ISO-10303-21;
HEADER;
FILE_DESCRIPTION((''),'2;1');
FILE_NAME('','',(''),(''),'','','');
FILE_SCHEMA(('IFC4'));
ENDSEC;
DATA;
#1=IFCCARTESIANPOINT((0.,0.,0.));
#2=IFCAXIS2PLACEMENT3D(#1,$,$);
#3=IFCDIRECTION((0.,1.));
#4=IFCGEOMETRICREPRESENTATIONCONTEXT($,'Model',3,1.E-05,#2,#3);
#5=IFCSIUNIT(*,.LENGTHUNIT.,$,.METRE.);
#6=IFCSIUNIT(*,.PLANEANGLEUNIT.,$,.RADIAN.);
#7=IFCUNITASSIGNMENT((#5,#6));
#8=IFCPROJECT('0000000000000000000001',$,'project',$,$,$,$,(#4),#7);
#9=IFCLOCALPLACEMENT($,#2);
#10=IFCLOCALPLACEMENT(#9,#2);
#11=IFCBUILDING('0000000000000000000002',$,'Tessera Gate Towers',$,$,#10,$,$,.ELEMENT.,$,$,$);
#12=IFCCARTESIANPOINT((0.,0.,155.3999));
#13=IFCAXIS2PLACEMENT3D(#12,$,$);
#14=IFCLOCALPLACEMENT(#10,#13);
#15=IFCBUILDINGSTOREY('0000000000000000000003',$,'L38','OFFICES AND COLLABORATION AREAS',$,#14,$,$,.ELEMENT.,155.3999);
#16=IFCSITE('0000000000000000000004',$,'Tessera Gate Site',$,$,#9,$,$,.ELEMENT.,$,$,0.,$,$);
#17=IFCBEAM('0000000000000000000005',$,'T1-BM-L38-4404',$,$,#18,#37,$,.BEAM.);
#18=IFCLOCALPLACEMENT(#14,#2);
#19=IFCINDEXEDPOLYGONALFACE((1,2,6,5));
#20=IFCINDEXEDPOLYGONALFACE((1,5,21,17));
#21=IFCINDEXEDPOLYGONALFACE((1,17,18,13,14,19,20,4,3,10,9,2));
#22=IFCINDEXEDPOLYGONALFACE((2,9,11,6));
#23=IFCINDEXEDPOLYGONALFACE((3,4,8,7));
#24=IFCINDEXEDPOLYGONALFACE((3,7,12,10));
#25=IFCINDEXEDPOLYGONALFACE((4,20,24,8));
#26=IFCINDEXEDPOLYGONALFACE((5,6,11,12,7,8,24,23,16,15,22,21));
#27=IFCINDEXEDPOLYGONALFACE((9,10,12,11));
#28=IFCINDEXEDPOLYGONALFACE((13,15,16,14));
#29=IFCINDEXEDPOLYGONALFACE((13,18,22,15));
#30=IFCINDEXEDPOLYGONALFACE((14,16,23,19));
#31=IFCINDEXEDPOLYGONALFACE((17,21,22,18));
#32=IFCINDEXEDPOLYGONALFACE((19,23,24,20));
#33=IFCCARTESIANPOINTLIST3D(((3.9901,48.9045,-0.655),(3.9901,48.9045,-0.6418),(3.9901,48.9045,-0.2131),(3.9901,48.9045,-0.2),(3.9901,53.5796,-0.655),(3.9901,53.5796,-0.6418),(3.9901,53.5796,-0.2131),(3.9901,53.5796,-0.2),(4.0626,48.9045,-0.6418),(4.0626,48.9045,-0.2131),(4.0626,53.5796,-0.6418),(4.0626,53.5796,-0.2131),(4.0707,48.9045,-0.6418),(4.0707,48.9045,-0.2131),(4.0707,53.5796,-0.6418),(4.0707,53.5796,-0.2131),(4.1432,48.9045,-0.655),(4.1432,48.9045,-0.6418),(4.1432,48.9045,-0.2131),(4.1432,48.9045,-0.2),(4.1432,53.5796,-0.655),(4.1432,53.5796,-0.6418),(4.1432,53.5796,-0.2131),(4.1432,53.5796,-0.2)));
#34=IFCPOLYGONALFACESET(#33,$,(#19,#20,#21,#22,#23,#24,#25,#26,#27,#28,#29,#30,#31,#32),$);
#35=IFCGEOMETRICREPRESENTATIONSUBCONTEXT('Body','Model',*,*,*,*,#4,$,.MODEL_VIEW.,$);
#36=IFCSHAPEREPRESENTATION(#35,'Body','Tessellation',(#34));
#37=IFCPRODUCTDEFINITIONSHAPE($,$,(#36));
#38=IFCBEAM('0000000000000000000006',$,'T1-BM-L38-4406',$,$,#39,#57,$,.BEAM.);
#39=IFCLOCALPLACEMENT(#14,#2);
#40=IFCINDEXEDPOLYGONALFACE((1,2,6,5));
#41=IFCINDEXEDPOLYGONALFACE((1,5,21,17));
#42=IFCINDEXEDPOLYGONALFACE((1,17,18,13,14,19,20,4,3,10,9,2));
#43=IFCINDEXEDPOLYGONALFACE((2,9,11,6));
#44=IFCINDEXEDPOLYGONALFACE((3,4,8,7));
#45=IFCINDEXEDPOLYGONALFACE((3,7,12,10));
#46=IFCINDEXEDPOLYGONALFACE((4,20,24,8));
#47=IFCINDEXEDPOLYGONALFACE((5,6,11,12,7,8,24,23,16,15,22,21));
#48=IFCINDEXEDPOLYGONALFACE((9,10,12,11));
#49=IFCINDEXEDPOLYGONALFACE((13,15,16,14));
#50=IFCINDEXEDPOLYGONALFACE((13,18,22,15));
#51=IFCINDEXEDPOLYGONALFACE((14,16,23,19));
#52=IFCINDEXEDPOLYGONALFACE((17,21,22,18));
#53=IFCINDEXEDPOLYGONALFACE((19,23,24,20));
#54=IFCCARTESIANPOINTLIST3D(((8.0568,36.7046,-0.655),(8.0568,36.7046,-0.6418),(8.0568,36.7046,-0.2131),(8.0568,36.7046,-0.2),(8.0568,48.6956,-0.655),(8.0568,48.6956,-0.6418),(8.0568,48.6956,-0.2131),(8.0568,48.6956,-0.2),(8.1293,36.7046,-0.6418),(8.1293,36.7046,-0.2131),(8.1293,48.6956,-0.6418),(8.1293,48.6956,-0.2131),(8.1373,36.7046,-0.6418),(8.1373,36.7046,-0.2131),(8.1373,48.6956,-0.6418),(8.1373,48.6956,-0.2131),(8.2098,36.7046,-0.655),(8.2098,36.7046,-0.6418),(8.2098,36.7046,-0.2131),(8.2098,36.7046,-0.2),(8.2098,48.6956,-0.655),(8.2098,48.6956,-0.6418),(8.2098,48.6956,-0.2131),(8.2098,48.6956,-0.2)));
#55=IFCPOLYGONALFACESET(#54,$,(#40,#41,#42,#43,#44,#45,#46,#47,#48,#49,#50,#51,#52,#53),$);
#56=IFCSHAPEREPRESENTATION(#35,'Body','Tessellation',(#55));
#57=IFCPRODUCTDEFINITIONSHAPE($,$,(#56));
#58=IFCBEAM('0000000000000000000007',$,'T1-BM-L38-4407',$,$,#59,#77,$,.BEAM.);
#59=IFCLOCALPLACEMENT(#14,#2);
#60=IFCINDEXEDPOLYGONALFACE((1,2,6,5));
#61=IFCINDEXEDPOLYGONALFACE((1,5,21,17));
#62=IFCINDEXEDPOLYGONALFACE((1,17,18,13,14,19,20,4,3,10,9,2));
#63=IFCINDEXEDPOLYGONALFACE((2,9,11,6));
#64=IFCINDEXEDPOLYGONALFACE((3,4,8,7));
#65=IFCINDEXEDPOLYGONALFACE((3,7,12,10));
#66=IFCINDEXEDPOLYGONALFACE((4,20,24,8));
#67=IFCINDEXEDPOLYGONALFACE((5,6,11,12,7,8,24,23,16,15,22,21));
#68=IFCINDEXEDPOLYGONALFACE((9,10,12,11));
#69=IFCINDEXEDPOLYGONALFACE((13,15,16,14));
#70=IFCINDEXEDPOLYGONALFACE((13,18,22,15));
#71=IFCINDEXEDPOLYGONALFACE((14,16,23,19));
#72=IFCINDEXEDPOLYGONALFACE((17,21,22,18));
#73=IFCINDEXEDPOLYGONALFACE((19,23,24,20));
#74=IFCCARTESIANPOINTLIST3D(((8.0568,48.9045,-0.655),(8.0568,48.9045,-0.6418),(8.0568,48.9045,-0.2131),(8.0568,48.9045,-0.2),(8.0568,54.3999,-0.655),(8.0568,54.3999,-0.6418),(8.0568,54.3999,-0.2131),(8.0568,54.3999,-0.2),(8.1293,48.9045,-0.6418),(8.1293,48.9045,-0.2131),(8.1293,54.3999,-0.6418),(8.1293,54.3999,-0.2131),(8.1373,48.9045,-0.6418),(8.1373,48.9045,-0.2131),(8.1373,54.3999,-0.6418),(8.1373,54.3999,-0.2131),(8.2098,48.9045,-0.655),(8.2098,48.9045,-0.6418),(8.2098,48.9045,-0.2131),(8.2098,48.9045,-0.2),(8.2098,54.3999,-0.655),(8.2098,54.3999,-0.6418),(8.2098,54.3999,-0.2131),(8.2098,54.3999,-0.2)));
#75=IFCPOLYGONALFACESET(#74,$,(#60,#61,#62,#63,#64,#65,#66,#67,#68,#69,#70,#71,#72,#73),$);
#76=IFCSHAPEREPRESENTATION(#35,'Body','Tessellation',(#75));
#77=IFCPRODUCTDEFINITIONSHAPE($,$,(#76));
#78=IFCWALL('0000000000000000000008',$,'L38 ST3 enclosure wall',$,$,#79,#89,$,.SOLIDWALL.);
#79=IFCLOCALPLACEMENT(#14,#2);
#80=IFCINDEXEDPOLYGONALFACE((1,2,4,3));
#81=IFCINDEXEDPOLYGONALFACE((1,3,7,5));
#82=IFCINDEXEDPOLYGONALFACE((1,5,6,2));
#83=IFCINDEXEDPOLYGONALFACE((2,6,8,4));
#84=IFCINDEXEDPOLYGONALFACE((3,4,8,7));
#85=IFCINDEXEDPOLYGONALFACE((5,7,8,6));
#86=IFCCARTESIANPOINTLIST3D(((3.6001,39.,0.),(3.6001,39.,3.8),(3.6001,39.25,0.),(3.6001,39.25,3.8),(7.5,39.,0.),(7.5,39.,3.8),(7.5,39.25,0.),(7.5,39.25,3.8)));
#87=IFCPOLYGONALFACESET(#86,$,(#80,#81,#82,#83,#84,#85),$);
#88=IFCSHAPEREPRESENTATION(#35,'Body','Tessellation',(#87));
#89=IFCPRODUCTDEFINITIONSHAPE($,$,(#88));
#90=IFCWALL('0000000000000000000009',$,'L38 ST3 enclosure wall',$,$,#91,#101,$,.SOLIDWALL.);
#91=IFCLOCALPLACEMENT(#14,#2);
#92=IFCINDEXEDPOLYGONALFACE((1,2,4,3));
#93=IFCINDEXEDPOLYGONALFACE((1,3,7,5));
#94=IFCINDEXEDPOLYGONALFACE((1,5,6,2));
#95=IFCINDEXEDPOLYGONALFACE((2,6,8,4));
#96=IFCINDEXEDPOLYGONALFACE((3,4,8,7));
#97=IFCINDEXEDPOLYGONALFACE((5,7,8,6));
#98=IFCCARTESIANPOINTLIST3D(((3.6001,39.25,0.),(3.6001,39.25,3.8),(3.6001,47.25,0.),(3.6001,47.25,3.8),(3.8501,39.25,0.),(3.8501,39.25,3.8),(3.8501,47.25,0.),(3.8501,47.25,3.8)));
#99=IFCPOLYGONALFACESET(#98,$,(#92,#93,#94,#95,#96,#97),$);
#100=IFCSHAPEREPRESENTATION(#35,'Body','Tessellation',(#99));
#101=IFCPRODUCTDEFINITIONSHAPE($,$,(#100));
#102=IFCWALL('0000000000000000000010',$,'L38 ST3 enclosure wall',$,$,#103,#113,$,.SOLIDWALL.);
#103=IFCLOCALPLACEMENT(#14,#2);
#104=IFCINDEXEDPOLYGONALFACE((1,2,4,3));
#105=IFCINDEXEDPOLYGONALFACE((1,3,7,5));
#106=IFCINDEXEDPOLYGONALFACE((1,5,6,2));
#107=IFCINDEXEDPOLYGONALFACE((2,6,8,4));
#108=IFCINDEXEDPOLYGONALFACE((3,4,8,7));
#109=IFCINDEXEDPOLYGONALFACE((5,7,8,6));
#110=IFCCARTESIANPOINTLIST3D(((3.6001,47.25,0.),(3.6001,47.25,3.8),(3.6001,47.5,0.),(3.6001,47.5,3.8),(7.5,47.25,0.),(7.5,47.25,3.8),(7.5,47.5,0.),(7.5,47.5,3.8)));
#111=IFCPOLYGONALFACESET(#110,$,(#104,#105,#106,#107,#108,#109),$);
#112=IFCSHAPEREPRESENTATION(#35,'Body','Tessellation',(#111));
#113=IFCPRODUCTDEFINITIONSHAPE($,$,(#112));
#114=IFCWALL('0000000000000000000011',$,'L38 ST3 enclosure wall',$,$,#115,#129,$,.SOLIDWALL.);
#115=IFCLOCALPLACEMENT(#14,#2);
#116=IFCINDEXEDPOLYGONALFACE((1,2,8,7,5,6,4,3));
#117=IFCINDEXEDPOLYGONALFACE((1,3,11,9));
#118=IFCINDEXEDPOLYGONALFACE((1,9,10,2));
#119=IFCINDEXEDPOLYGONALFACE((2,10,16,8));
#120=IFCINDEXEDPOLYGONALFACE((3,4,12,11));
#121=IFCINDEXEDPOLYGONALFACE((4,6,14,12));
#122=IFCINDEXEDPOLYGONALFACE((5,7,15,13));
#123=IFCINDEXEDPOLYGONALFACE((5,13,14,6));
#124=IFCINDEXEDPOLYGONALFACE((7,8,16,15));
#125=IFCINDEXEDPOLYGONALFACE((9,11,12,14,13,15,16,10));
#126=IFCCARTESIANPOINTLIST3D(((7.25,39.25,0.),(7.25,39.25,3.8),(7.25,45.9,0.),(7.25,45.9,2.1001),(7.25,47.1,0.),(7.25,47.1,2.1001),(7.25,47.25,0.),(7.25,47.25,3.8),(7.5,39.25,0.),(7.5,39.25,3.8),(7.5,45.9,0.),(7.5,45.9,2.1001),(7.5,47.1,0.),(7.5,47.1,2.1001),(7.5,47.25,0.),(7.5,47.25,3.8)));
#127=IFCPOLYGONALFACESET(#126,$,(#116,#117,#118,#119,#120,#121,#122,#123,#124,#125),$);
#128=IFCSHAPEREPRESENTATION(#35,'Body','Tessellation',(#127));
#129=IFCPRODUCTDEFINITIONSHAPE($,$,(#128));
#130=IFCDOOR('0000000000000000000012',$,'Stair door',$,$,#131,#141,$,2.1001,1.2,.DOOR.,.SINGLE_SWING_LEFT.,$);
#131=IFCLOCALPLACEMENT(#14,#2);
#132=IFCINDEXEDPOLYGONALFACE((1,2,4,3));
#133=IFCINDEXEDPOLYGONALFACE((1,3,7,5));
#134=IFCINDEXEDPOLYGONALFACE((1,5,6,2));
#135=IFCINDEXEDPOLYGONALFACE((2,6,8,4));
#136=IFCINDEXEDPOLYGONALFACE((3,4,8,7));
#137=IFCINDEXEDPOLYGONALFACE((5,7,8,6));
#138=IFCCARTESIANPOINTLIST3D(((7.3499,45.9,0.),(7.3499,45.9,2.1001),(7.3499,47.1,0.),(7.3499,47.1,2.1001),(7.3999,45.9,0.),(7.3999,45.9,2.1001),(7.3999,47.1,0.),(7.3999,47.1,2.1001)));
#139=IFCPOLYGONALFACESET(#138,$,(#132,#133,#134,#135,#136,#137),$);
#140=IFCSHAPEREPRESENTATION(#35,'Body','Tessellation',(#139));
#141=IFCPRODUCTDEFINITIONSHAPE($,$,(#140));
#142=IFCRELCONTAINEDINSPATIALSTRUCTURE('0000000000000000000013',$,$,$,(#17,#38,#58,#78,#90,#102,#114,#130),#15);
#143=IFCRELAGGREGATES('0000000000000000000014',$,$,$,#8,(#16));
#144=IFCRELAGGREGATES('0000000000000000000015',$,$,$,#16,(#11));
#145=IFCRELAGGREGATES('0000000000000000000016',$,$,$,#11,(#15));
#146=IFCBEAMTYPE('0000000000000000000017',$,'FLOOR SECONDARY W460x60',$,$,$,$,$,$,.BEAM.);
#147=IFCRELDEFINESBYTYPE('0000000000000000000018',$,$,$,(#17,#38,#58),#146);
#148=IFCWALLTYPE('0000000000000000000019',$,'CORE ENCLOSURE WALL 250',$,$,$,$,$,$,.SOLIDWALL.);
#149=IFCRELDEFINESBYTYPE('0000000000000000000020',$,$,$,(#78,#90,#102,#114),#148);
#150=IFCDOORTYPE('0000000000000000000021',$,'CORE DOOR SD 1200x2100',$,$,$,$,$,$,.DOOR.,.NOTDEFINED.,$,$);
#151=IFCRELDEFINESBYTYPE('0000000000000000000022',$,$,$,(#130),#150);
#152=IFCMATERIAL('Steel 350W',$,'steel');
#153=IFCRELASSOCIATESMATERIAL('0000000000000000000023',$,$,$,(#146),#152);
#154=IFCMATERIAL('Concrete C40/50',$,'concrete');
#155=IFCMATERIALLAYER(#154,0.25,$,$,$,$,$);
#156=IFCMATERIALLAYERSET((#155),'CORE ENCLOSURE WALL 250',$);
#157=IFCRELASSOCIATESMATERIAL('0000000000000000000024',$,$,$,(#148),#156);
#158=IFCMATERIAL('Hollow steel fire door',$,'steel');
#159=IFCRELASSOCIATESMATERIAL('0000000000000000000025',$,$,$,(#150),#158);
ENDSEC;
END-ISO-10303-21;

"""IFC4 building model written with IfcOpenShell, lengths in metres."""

from ifc_helpers import new_model, si_unit, direction, frame, frame_2d, origin, origin_2d, place, context, subcontext, project, spatial, rectangle, i_section, extrude, source, transform, mapped, material, layer, layer_set, material_profile, profile_set, type_object, element, fill, save


model = new_model("IFC4")

# Units and contexts
model_context = context("Model", 3, precision=1e-05, world=origin(), true_north=direction((0.0, 1.0)))
body_context = subcontext(model_context, "Body", "Model", "MODEL_VIEW")
ifc_project = project(units=[si_unit("LENGTHUNIT", "METRE"), si_unit("PLANEANGLEUNIT", "RADIAN")], contexts=[model_context])

# Site, building, storey
site_placement = place(None, origin())
site = spatial("IfcSite", under=ifc_project, at=site_placement, Name="Tessera Gate Site", CompositionType="ELEMENT", RefElevation=0.0)
building_placement = place(site_placement, origin())
building = spatial("IfcBuilding", under=site, at=building_placement, Name="Tessera Gate Towers", CompositionType="ELEMENT")
storey_placement = place(building_placement, frame((0.0, 0.0, 155.3999)))
storey = spatial("IfcBuildingStorey", under=building, at=storey_placement, Name="L38", Description="OFFICES AND COLLABORATION AREAS", CompositionType="ELEMENT", Elevation=155.3999)

# Beams
ifc_material_1 = material(Name="Steel 350W", Category="steel")
ifc_material_profile_1 = material_profile(ifc_material_1, i_section(OverallWidth=0.1531, OverallDepth=0.4551, WebThickness=0.0081, FlangeThickness=0.0132, at=origin_2d()), Name="W460x60")
ifc_profile_set_1 = profile_set([ifc_material_profile_1], Name="Steel 350W")
beam_type_1 = type_object("IfcBeamType", Name="FLOOR SECONDARY W460x60", PredefinedType="BEAM", material=ifc_profile_set_1)
beam_1_placement = place(storey_placement, frame((4.0667, 48.9045, -0.4275), z_axis=(0.0, 1.0, 0.0), x_axis=(-1.0, 0.0, 0.0)))
element("IfcBeam", 1, at=beam_1_placement, inside=storey, type_object=beam_type_1, Name="T1-BM-L38-4404", PredefinedType="BEAM", context=body_context, shape_type="SweptSolid", body=[
    extrude(i_section(OverallWidth=0.1531, OverallDepth=0.4551, WebThickness=0.0081, FlangeThickness=0.0132, at=origin_2d()), origin(), (0.0, 0.0, 1.0), 4.675),
])
beam_2_placement = place(storey_placement, frame((8.1333, 36.7046, -0.4275), z_axis=(0.0, 1.0, 0.0), x_axis=(-1.0, 0.0, 0.0)))
element("IfcBeam", 2, at=beam_2_placement, inside=storey, type_object=beam_type_1, Name="T1-BM-L38-4406", PredefinedType="BEAM", context=body_context, shape_type="SweptSolid", body=[
    extrude(i_section(OverallWidth=0.1531, OverallDepth=0.4551, WebThickness=0.0081, FlangeThickness=0.0132, at=origin_2d()), origin(), (0.0, 0.0, 1.0), 11.991),
])
beam_3_placement = place(storey_placement, frame((8.1333, 48.9045, -0.4275), z_axis=(0.0, 1.0, 0.0), x_axis=(-1.0, 0.0, 0.0)))
element("IfcBeam", 3, at=beam_3_placement, inside=storey, type_object=beam_type_1, Name="T1-BM-L38-4407", PredefinedType="BEAM", context=body_context, shape_type="SweptSolid", body=[
    extrude(i_section(OverallWidth=0.1531, OverallDepth=0.4551, WebThickness=0.0081, FlangeThickness=0.0132, at=origin_2d()), origin(), (0.0, 0.0, 1.0), 5.4954),
])

# Walls
ifc_material_2 = material(Name="Concrete C40/50", Category="concrete")
ifc_layer_1 = layer(ifc_material_2, 0.25)
ifc_layer_set_1 = layer_set([ifc_layer_1], Name="CORE ENCLOSURE WALL 250")
wall_type_1 = type_object("IfcWallType", Name="CORE ENCLOSURE WALL 250", PredefinedType="SOLIDWALL", material=ifc_layer_set_1)
wall_1_placement = place(storey_placement, frame((7.5, 39.125, 0.0), z_axis=(0.0, 0.0, 1.0), x_axis=(-1.0, 0.0, 0.0)))
element("IfcWall", 4, at=wall_1_placement, inside=storey, type_object=wall_type_1, Name="L38 ST3 enclosure wall", PredefinedType="SOLIDWALL", context=body_context, shape_type="SweptSolid", body=[
    extrude(rectangle(XDim=3.8999, YDim=0.25, at=frame_2d((1.95, 0.0))), origin(), (0.0, 0.0, 1.0), 3.8),
])
wall_2_placement = place(storey_placement, frame((3.7251, 39.25, 0.0), z_axis=(0.0, 0.0, 1.0), x_axis=(0.0, 1.0, 0.0)))
element("IfcWall", 5, at=wall_2_placement, inside=storey, type_object=wall_type_1, Name="L38 ST3 enclosure wall", PredefinedType="SOLIDWALL", context=body_context, shape_type="SweptSolid", body=[
    extrude(rectangle(XDim=8.0, YDim=0.25, at=frame_2d((4.0, 0.0))), origin(), (0.0, 0.0, 1.0), 3.8),
])
wall_3_placement = place(storey_placement, frame((3.6001, 47.375, 0.0), z_axis=(0.0, 0.0, 1.0), x_axis=(1.0, 0.0, 0.0)))
element("IfcWall", 6, at=wall_3_placement, inside=storey, type_object=wall_type_1, Name="L38 ST3 enclosure wall", PredefinedType="SOLIDWALL", context=body_context, shape_type="SweptSolid", body=[
    extrude(rectangle(XDim=3.8999, YDim=0.25, at=frame_2d((1.95, 0.0))), origin(), (0.0, 0.0, 1.0), 3.8),
])

# Wall, opening, door
wall_4_placement = place(storey_placement, frame((7.375, 47.25, 0.0), z_axis=(0.0, 0.0, 1.0), x_axis=(0.0, -1.0, 0.0)))
wall_4 = element("IfcWall", 7, at=wall_4_placement, inside=storey, type_object=wall_type_1, Name="L38 ST3 enclosure wall", PredefinedType="SOLIDWALL", context=body_context, shape_type="SweptSolid", body=[
    extrude(rectangle(XDim=8.0, YDim=0.25, at=frame_2d((4.0, 0.0))), origin(), (0.0, 0.0, 1.0), 3.8),
])
shared_shape_1 = source(origin(), body_context, "Body", "SweptSolid", [
    extrude(rectangle(XDim=1.2, YDim=2.1001, at=frame_2d((0.6001, 1.05))), frame((0.0, 0.135, 0.0), z_axis=(0.0, -1.0, 0.0), x_axis=(1.0, 0.0, 0.0)), (0.0, 0.0, 1.0), 0.27),
])
opening_1_placement = place(wall_4_placement, frame((0.1499, 0.0, 0.0)))
opening_1 = element("IfcOpeningElement", 8, at=opening_1_placement, cuts=wall_4, PredefinedType="OPENING", context=body_context, shape_type="MappedRepresentation", body=[
    mapped(shared_shape_1, transform((0.0, 0.0, 0.0), scale=1.0)),
])
ifc_material_3 = material(Name="Hollow steel fire door", Category="steel")
door_type_1 = type_object("IfcDoorType", Name="CORE DOOR SD 1200x2100", OperationType="NOTDEFINED", PredefinedType="DOOR", material=ifc_material_3)
shared_shape_2 = source(origin(), body_context, "Body", "SweptSolid", [
    extrude(rectangle(XDim=1.2, YDim=2.1001, at=frame_2d((0.6001, 1.05))), frame((0.0, 0.0249, 0.0), z_axis=(0.0, -1.0, 0.0), x_axis=(1.0, 0.0, 0.0)), (0.0, 0.0, 1.0), 0.05),
])
door_1_placement = place(opening_1_placement, origin())
door_1 = element("IfcDoor", 9, at=door_1_placement, inside=storey, type_object=door_type_1, Name="Stair door", OperationType="SINGLE_SWING_LEFT", OverallHeight=2.1001, OverallWidth=1.2, PredefinedType="DOOR", context=body_context, shape_type="MappedRepresentation", body=[
    mapped(shared_shape_2, transform((0.0, 0.0, 0.0), scale=1.0)),
])
fill(opening_1, door_1)

save(model, "model.ifc")
